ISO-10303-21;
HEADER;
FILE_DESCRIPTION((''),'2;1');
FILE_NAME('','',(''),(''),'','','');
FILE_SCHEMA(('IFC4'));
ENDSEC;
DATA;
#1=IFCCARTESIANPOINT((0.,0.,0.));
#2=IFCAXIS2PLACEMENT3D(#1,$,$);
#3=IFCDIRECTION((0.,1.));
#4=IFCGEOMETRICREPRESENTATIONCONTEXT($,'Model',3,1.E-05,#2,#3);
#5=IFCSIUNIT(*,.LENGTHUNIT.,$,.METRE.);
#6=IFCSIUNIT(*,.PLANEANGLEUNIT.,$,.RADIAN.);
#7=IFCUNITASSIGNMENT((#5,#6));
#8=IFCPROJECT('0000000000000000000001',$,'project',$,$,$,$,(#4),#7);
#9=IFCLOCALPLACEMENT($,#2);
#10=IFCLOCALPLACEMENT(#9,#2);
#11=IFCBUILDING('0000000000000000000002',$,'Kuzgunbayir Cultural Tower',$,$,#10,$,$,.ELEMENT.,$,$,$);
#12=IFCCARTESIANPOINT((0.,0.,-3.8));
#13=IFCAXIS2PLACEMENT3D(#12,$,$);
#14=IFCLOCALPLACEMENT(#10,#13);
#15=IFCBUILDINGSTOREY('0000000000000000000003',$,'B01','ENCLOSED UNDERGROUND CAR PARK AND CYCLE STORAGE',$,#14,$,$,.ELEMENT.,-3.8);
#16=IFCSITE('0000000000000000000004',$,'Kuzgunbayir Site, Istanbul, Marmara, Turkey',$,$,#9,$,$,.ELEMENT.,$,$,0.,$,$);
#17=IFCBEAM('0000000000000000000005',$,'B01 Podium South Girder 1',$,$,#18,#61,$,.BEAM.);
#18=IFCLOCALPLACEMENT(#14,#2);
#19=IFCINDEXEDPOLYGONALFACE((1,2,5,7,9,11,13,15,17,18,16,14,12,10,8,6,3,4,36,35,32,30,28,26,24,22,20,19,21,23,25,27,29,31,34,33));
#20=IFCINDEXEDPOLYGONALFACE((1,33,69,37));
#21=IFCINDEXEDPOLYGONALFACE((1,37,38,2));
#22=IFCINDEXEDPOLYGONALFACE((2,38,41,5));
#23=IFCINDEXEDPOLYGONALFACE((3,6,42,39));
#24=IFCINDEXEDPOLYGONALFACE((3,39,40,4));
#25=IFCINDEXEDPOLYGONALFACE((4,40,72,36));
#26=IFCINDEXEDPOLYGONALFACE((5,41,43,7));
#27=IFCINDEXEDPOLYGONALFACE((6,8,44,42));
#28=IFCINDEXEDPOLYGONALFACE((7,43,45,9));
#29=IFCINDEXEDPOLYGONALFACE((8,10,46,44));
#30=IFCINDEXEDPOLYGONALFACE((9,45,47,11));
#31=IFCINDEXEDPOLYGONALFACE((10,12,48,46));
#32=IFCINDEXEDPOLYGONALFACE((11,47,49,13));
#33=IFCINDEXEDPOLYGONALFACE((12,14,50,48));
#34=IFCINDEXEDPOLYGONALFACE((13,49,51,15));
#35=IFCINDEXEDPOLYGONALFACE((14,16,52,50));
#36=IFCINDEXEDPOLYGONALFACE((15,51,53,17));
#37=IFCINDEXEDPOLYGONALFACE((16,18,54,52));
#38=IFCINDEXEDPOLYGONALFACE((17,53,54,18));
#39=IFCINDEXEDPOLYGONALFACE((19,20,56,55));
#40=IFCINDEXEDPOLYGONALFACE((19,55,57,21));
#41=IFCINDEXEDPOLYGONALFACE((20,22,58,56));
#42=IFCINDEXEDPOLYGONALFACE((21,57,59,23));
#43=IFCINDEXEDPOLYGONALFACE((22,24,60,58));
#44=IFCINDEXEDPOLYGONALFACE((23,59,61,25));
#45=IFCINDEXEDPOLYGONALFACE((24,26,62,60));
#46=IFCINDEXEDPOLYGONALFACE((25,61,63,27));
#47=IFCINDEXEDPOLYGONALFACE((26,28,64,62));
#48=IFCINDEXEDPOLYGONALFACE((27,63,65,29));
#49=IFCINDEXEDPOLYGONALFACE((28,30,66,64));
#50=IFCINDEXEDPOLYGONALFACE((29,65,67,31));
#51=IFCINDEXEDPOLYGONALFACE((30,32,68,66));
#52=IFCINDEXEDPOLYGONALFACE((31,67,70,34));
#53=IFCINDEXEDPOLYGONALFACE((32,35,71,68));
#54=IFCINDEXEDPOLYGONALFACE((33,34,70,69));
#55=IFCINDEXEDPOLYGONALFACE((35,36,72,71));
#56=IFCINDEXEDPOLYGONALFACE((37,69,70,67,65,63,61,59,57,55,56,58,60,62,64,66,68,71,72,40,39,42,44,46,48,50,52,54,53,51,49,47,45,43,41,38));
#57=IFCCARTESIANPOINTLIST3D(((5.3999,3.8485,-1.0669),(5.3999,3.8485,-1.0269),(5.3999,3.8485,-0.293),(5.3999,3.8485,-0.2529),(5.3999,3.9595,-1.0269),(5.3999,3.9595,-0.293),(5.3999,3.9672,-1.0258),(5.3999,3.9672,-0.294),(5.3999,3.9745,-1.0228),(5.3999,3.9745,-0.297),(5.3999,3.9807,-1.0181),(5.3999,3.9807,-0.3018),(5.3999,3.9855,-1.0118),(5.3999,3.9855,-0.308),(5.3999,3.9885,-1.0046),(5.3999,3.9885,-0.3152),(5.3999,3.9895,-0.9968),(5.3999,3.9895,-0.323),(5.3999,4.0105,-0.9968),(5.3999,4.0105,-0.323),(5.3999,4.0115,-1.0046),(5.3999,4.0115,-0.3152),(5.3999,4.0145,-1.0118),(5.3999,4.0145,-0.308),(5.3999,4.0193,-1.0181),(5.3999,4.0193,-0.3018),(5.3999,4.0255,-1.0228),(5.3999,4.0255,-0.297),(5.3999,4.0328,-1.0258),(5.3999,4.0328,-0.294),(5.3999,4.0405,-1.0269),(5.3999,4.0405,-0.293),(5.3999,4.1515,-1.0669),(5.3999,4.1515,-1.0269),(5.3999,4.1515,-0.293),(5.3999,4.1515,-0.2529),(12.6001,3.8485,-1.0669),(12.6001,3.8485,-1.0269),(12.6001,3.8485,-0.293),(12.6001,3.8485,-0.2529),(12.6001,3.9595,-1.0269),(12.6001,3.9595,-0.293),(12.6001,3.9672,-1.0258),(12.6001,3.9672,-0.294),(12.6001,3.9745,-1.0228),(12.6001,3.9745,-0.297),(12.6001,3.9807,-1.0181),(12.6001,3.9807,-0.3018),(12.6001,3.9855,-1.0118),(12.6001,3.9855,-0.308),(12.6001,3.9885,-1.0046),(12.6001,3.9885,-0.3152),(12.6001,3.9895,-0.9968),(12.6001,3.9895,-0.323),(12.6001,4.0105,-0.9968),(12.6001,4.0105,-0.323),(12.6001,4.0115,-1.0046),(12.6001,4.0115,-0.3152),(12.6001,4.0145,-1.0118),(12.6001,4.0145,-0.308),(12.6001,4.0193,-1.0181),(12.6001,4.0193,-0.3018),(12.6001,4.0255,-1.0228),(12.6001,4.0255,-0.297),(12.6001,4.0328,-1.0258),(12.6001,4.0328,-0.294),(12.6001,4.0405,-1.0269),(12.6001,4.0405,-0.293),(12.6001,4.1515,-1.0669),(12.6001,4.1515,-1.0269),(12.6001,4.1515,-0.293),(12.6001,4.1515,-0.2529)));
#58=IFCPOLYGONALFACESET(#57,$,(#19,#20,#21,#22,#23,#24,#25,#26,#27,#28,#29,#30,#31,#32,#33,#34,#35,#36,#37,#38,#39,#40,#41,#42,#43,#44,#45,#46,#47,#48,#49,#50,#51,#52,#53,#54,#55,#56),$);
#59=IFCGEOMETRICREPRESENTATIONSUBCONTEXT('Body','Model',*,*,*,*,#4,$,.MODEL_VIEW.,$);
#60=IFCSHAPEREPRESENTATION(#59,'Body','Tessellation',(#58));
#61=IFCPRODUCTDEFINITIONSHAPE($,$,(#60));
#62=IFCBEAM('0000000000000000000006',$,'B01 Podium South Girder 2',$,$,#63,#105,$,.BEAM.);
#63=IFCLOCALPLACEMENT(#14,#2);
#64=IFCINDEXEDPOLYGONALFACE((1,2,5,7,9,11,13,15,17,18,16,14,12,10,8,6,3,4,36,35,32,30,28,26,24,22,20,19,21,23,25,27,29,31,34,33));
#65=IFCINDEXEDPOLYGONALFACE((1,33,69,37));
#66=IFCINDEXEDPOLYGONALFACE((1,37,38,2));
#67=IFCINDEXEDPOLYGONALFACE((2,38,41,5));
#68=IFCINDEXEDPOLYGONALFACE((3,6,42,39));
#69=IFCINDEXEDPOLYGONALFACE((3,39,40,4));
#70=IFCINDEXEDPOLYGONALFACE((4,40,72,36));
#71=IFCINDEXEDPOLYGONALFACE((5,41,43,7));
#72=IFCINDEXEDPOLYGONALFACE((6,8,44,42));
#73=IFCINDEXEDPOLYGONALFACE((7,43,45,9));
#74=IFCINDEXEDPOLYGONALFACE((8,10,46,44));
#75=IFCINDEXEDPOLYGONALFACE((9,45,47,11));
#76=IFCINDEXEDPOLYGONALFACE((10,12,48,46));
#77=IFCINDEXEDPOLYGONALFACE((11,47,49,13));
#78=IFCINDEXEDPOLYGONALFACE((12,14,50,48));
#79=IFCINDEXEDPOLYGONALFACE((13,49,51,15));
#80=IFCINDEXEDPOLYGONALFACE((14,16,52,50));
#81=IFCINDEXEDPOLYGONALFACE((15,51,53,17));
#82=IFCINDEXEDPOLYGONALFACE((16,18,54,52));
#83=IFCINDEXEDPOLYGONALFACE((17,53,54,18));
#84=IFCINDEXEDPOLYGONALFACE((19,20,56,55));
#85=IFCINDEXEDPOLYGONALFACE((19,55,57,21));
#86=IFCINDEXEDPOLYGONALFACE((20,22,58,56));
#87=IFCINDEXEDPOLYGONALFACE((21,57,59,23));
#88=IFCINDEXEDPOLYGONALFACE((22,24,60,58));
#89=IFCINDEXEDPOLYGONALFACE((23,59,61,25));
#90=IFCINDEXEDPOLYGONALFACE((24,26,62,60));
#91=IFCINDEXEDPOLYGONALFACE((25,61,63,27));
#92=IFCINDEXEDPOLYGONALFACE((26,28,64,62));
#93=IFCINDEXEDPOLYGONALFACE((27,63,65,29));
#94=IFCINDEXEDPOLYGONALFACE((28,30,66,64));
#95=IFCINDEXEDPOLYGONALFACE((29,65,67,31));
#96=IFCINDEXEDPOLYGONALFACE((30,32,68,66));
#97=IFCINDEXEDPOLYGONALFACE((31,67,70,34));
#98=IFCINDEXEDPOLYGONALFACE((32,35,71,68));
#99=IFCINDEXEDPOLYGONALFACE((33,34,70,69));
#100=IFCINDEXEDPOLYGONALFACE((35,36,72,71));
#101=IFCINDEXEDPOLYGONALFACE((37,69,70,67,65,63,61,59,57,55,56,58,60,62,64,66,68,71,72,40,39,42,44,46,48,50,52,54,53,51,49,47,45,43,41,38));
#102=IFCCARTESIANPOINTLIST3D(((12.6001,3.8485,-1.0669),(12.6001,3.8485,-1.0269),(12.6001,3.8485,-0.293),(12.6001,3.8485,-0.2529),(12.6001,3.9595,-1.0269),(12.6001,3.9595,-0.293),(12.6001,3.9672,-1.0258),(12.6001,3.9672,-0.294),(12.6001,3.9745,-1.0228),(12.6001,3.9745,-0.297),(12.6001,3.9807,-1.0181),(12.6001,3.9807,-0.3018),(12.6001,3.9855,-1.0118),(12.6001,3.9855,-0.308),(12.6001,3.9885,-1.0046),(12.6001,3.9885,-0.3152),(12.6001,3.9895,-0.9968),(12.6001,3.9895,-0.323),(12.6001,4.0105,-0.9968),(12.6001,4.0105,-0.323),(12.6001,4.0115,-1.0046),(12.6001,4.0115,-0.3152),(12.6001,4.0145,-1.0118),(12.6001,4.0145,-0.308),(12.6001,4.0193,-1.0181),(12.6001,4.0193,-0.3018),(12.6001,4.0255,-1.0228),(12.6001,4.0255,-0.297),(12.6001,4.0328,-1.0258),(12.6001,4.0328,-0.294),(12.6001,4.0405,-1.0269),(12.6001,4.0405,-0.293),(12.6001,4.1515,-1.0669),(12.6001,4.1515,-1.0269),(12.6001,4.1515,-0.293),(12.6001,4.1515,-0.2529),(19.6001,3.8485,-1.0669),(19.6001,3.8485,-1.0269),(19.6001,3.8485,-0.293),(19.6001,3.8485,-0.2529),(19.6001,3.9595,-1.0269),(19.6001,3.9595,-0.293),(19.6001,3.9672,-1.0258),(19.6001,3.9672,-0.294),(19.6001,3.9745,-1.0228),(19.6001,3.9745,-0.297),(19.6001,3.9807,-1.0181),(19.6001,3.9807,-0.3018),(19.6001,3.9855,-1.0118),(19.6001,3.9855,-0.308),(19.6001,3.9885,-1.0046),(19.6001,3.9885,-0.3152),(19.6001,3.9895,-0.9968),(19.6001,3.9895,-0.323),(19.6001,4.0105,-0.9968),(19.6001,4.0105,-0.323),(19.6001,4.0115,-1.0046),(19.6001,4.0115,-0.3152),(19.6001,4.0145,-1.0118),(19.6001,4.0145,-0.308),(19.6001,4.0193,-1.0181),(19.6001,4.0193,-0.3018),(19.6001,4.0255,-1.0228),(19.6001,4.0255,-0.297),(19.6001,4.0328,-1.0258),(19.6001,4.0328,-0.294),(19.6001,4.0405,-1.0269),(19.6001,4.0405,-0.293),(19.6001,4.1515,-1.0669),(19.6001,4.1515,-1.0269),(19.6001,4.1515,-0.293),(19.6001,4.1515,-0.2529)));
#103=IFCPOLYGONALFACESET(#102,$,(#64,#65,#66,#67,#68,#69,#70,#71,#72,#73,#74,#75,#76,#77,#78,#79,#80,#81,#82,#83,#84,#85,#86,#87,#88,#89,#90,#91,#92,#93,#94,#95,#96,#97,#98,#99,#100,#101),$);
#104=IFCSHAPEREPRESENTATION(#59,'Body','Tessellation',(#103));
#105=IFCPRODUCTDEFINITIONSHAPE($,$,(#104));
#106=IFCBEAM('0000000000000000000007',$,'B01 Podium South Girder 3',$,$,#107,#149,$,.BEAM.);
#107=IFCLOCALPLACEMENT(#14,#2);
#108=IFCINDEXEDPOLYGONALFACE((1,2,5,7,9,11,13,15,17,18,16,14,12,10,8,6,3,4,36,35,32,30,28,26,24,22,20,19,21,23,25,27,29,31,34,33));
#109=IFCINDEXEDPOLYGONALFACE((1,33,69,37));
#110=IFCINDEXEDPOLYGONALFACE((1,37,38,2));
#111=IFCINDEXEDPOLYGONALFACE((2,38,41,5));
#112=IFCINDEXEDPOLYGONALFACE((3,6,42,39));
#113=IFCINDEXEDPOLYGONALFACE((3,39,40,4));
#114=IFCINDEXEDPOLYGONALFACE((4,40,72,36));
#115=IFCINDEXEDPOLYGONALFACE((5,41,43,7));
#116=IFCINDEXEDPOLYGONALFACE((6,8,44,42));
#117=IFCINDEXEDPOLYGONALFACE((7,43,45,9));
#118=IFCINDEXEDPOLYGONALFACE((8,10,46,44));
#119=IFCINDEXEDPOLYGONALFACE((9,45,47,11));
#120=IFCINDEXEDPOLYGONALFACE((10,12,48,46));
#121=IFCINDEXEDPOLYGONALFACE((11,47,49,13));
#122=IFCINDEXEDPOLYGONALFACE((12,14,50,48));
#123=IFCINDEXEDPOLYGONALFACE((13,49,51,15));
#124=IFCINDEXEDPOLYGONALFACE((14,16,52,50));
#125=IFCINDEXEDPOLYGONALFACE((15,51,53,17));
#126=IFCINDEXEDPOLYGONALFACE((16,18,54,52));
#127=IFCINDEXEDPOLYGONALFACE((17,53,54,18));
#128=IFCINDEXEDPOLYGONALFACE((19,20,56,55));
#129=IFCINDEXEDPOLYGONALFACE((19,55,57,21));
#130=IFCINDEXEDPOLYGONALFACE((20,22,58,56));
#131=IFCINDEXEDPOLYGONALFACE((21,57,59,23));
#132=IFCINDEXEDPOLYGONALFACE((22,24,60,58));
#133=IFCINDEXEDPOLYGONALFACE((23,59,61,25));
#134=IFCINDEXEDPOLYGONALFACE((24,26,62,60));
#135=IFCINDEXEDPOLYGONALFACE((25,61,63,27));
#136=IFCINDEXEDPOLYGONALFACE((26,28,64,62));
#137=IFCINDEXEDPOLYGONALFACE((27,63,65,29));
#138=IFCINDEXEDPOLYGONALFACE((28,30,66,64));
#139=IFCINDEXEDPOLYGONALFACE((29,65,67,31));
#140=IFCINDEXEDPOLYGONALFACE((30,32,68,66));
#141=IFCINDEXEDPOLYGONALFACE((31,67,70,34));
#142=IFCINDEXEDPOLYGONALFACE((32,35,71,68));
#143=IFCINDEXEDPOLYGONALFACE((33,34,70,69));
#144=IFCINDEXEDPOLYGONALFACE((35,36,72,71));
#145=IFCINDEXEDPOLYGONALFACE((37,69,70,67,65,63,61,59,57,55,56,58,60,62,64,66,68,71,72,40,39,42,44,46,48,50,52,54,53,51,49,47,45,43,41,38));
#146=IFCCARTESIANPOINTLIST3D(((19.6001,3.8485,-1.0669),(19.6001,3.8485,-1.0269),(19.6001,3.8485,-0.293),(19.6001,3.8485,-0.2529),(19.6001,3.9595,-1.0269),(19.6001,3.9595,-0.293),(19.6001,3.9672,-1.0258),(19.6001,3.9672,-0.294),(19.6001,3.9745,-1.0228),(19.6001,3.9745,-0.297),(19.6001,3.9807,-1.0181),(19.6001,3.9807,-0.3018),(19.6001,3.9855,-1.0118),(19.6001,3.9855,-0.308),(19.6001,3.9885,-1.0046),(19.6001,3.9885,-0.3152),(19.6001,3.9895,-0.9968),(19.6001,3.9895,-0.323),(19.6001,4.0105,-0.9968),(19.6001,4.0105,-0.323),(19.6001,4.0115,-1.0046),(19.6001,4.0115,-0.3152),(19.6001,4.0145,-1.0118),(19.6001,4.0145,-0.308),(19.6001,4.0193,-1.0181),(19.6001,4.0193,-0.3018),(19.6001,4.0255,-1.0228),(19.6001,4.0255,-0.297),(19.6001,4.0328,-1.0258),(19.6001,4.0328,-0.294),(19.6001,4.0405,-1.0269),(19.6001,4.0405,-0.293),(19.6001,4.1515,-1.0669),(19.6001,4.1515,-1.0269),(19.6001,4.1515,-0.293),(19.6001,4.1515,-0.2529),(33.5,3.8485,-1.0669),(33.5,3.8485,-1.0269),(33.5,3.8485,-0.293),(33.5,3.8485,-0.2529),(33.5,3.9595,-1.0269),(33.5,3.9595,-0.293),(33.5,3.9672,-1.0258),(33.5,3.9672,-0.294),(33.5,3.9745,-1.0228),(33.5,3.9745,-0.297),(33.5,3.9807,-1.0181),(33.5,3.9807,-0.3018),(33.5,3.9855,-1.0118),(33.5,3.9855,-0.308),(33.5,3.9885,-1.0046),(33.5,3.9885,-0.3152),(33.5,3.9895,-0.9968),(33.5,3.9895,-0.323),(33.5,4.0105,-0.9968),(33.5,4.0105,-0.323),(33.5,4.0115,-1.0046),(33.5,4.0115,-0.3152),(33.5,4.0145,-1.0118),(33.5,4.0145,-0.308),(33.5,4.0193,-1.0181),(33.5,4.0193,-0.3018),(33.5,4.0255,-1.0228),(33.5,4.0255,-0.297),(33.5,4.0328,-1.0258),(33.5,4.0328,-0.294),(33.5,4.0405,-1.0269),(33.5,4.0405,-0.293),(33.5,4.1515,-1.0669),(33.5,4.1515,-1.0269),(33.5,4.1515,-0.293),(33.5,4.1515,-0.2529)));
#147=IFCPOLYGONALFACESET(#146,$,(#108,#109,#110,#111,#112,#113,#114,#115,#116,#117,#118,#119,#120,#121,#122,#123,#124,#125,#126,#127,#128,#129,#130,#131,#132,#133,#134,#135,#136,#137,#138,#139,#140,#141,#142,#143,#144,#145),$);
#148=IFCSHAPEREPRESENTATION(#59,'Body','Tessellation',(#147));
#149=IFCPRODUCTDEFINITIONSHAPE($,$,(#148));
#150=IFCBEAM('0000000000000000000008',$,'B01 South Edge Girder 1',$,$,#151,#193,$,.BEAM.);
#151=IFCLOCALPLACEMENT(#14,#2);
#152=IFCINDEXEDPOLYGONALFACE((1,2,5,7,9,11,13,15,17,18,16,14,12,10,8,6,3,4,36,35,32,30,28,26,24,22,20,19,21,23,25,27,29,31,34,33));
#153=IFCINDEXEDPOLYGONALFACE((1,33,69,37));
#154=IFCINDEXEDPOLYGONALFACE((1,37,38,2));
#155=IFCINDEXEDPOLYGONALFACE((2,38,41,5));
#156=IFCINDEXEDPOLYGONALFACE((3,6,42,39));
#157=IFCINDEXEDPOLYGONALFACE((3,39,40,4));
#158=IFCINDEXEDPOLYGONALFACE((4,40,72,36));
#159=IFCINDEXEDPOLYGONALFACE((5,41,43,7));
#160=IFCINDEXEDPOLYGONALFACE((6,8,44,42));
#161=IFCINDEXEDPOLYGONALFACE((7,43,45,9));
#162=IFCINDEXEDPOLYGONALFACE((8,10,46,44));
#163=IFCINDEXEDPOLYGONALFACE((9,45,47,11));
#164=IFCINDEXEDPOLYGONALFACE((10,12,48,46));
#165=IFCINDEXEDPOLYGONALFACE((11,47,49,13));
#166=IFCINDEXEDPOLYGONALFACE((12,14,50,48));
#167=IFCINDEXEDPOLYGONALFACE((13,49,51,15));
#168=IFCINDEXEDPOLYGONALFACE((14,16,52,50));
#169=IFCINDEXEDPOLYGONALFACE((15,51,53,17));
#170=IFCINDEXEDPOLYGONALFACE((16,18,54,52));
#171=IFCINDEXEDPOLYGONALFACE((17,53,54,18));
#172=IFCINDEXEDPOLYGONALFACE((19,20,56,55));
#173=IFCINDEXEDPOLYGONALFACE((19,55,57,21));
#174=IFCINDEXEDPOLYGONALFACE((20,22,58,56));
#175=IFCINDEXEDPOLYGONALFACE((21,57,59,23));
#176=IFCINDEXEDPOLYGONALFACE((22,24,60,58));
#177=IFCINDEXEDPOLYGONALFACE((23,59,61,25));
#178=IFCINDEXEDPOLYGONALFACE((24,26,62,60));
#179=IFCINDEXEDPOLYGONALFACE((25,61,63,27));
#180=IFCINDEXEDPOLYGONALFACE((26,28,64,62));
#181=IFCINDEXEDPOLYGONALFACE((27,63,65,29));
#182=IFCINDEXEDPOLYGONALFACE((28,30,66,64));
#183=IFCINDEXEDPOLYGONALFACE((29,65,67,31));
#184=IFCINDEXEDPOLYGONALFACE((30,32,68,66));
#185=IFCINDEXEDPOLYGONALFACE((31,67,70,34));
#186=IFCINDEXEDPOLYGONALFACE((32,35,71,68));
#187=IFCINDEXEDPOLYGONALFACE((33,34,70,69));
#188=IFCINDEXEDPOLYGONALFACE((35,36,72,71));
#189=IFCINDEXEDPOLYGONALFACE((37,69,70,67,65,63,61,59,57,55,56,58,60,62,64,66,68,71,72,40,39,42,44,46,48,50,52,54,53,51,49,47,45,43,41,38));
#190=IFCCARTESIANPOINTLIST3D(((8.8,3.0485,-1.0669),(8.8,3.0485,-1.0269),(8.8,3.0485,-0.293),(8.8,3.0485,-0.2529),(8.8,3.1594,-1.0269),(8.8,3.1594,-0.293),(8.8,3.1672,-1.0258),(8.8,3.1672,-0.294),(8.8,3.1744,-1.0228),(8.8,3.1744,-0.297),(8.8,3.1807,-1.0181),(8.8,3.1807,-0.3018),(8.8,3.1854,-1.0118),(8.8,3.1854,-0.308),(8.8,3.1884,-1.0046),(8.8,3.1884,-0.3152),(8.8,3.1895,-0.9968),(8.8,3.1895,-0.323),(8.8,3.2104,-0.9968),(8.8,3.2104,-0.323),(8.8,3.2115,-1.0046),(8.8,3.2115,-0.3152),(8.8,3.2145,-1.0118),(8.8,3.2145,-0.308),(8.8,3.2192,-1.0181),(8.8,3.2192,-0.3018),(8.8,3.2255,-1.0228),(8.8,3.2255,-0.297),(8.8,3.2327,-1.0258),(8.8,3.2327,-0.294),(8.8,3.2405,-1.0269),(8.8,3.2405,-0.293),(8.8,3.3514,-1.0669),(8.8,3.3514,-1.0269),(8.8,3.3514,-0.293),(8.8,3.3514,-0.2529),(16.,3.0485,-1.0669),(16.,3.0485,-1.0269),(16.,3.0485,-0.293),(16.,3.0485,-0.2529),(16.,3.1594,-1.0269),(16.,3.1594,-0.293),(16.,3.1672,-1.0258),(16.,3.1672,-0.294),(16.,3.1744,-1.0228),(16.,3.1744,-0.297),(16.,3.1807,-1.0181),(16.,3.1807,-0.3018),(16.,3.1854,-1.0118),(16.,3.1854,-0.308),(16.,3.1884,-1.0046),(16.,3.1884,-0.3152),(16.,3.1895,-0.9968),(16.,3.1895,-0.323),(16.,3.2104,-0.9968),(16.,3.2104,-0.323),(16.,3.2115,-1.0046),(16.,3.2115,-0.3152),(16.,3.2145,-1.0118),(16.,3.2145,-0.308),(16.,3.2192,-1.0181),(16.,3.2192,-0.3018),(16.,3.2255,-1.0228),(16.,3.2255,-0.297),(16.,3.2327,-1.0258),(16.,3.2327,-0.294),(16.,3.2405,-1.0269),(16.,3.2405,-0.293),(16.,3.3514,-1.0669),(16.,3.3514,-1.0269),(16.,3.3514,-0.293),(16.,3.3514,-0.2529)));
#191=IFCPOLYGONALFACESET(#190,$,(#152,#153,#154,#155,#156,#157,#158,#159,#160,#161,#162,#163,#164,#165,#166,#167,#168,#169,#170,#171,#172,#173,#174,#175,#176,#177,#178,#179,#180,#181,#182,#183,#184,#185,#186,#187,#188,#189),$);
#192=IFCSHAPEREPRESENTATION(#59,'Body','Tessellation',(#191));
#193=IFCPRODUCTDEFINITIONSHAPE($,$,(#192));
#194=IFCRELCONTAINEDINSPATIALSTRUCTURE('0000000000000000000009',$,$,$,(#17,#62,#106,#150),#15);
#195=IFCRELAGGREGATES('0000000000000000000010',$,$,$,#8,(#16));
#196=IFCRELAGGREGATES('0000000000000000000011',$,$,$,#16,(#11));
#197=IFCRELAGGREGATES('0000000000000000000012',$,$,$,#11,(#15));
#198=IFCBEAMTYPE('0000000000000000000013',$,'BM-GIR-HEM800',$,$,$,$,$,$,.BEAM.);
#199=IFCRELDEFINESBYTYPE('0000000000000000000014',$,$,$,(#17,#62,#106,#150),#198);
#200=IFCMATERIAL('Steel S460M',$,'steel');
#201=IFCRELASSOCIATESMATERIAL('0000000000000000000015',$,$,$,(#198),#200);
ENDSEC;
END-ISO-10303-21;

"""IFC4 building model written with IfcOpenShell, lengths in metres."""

from ifc_helpers import new_model, si_unit, direction, frame, origin, origin_2d, place, context, subcontext, project, spatial, i_section, extrude, material, material_profile, profile_set, type_object, element, save


model = new_model("IFC4")

# Units and contexts
model_context = context("Model", 3, precision=1e-05, world=origin(), true_north=direction((0.0, 1.0)))
body_context = subcontext(model_context, "Body", "Model", "MODEL_VIEW")
ifc_project = project(units=[si_unit("LENGTHUNIT", "METRE"), si_unit("PLANEANGLEUNIT", "RADIAN")], contexts=[model_context])

# Site, building, storey
site_placement = place(None, origin())
site = spatial("IfcSite", under=ifc_project, at=site_placement, Name="Kuzgunbayir Site, Istanbul, Marmara, Turkey", CompositionType="ELEMENT", RefElevation=0.0)
building_placement = place(site_placement, origin())
building = spatial("IfcBuilding", under=site, at=building_placement, Name="Kuzgunbayir Cultural Tower", CompositionType="ELEMENT")
storey_placement = place(building_placement, frame((0.0, 0.0, -3.8)))
storey = spatial("IfcBuildingStorey", under=building, at=storey_placement, Name="B01", Description="ENCLOSED UNDERGROUND CAR PARK AND CYCLE STORAGE", CompositionType="ELEMENT", Elevation=-3.8)

# Beams
ifc_material_1 = material(Name="Steel S460M", Category="steel")
ifc_material_profile_1 = material_profile(ifc_material_1, i_section(OverallWidth=0.303, OverallDepth=0.814, WebThickness=0.021, FlangeThickness=0.04, FilletRadius=0.03, at=origin_2d()), Name="HEM 800")
ifc_profile_set_1 = profile_set([ifc_material_profile_1], Name="Steel S460M")
beam_type_1 = type_object("IfcBeamType", Name="BM-GIR-HEM800", PredefinedType="BEAM", material=ifc_profile_set_1)
beam_1_placement = place(storey_placement, frame((5.3999, 4.0, -0.6599), z_axis=(1.0, 0.0, 0.0), x_axis=(0.0, 1.0, 0.0)))
element("IfcBeam", 1, at=beam_1_placement, inside=storey, type_object=beam_type_1, Name="B01 Podium South Girder 1", PredefinedType="BEAM", context=body_context, shape_type="SweptSolid", body=[
    extrude(i_section(OverallWidth=0.303, OverallDepth=0.814, WebThickness=0.021, FlangeThickness=0.04, FilletRadius=0.03, at=origin_2d()), origin(), (0.0, 0.0, 1.0), 7.2002),
])
beam_2_placement = place(storey_placement, frame((12.6001, 4.0, -0.6599), z_axis=(1.0, 0.0, 0.0), x_axis=(0.0, 1.0, 0.0)))
element("IfcBeam", 2, at=beam_2_placement, inside=storey, type_object=beam_type_1, Name="B01 Podium South Girder 2", PredefinedType="BEAM", context=body_context, shape_type="SweptSolid", body=[
    extrude(i_section(OverallWidth=0.303, OverallDepth=0.814, WebThickness=0.021, FlangeThickness=0.04, FilletRadius=0.03, at=origin_2d()), origin(), (0.0, 0.0, 1.0), 7.0),
])
beam_3_placement = place(storey_placement, frame((19.6001, 4.0, -0.6599), z_axis=(1.0, 0.0, 0.0), x_axis=(0.0, 1.0, 0.0)))
element("IfcBeam", 3, at=beam_3_placement, inside=storey, type_object=beam_type_1, Name="B01 Podium South Girder 3", PredefinedType="BEAM", context=body_context, shape_type="SweptSolid", body=[
    extrude(i_section(OverallWidth=0.303, OverallDepth=0.814, WebThickness=0.021, FlangeThickness=0.04, FilletRadius=0.03, at=origin_2d()), origin(), (0.0, 0.0, 1.0), 13.8999),
])
beam_4_placement = place(storey_placement, frame((8.8, 3.2, -0.6599), z_axis=(1.0, 0.0, 0.0), x_axis=(0.0, 1.0, 0.0)))
element("IfcBeam", 4, at=beam_4_placement, inside=storey, type_object=beam_type_1, Name="B01 South Edge Girder 1", PredefinedType="BEAM", context=body_context, shape_type="SweptSolid", body=[
    extrude(i_section(OverallWidth=0.303, OverallDepth=0.814, WebThickness=0.021, FlangeThickness=0.04, FilletRadius=0.03, at=origin_2d()), origin(), (0.0, 0.0, 1.0), 7.2),
])

save(model, "model.ifc")
